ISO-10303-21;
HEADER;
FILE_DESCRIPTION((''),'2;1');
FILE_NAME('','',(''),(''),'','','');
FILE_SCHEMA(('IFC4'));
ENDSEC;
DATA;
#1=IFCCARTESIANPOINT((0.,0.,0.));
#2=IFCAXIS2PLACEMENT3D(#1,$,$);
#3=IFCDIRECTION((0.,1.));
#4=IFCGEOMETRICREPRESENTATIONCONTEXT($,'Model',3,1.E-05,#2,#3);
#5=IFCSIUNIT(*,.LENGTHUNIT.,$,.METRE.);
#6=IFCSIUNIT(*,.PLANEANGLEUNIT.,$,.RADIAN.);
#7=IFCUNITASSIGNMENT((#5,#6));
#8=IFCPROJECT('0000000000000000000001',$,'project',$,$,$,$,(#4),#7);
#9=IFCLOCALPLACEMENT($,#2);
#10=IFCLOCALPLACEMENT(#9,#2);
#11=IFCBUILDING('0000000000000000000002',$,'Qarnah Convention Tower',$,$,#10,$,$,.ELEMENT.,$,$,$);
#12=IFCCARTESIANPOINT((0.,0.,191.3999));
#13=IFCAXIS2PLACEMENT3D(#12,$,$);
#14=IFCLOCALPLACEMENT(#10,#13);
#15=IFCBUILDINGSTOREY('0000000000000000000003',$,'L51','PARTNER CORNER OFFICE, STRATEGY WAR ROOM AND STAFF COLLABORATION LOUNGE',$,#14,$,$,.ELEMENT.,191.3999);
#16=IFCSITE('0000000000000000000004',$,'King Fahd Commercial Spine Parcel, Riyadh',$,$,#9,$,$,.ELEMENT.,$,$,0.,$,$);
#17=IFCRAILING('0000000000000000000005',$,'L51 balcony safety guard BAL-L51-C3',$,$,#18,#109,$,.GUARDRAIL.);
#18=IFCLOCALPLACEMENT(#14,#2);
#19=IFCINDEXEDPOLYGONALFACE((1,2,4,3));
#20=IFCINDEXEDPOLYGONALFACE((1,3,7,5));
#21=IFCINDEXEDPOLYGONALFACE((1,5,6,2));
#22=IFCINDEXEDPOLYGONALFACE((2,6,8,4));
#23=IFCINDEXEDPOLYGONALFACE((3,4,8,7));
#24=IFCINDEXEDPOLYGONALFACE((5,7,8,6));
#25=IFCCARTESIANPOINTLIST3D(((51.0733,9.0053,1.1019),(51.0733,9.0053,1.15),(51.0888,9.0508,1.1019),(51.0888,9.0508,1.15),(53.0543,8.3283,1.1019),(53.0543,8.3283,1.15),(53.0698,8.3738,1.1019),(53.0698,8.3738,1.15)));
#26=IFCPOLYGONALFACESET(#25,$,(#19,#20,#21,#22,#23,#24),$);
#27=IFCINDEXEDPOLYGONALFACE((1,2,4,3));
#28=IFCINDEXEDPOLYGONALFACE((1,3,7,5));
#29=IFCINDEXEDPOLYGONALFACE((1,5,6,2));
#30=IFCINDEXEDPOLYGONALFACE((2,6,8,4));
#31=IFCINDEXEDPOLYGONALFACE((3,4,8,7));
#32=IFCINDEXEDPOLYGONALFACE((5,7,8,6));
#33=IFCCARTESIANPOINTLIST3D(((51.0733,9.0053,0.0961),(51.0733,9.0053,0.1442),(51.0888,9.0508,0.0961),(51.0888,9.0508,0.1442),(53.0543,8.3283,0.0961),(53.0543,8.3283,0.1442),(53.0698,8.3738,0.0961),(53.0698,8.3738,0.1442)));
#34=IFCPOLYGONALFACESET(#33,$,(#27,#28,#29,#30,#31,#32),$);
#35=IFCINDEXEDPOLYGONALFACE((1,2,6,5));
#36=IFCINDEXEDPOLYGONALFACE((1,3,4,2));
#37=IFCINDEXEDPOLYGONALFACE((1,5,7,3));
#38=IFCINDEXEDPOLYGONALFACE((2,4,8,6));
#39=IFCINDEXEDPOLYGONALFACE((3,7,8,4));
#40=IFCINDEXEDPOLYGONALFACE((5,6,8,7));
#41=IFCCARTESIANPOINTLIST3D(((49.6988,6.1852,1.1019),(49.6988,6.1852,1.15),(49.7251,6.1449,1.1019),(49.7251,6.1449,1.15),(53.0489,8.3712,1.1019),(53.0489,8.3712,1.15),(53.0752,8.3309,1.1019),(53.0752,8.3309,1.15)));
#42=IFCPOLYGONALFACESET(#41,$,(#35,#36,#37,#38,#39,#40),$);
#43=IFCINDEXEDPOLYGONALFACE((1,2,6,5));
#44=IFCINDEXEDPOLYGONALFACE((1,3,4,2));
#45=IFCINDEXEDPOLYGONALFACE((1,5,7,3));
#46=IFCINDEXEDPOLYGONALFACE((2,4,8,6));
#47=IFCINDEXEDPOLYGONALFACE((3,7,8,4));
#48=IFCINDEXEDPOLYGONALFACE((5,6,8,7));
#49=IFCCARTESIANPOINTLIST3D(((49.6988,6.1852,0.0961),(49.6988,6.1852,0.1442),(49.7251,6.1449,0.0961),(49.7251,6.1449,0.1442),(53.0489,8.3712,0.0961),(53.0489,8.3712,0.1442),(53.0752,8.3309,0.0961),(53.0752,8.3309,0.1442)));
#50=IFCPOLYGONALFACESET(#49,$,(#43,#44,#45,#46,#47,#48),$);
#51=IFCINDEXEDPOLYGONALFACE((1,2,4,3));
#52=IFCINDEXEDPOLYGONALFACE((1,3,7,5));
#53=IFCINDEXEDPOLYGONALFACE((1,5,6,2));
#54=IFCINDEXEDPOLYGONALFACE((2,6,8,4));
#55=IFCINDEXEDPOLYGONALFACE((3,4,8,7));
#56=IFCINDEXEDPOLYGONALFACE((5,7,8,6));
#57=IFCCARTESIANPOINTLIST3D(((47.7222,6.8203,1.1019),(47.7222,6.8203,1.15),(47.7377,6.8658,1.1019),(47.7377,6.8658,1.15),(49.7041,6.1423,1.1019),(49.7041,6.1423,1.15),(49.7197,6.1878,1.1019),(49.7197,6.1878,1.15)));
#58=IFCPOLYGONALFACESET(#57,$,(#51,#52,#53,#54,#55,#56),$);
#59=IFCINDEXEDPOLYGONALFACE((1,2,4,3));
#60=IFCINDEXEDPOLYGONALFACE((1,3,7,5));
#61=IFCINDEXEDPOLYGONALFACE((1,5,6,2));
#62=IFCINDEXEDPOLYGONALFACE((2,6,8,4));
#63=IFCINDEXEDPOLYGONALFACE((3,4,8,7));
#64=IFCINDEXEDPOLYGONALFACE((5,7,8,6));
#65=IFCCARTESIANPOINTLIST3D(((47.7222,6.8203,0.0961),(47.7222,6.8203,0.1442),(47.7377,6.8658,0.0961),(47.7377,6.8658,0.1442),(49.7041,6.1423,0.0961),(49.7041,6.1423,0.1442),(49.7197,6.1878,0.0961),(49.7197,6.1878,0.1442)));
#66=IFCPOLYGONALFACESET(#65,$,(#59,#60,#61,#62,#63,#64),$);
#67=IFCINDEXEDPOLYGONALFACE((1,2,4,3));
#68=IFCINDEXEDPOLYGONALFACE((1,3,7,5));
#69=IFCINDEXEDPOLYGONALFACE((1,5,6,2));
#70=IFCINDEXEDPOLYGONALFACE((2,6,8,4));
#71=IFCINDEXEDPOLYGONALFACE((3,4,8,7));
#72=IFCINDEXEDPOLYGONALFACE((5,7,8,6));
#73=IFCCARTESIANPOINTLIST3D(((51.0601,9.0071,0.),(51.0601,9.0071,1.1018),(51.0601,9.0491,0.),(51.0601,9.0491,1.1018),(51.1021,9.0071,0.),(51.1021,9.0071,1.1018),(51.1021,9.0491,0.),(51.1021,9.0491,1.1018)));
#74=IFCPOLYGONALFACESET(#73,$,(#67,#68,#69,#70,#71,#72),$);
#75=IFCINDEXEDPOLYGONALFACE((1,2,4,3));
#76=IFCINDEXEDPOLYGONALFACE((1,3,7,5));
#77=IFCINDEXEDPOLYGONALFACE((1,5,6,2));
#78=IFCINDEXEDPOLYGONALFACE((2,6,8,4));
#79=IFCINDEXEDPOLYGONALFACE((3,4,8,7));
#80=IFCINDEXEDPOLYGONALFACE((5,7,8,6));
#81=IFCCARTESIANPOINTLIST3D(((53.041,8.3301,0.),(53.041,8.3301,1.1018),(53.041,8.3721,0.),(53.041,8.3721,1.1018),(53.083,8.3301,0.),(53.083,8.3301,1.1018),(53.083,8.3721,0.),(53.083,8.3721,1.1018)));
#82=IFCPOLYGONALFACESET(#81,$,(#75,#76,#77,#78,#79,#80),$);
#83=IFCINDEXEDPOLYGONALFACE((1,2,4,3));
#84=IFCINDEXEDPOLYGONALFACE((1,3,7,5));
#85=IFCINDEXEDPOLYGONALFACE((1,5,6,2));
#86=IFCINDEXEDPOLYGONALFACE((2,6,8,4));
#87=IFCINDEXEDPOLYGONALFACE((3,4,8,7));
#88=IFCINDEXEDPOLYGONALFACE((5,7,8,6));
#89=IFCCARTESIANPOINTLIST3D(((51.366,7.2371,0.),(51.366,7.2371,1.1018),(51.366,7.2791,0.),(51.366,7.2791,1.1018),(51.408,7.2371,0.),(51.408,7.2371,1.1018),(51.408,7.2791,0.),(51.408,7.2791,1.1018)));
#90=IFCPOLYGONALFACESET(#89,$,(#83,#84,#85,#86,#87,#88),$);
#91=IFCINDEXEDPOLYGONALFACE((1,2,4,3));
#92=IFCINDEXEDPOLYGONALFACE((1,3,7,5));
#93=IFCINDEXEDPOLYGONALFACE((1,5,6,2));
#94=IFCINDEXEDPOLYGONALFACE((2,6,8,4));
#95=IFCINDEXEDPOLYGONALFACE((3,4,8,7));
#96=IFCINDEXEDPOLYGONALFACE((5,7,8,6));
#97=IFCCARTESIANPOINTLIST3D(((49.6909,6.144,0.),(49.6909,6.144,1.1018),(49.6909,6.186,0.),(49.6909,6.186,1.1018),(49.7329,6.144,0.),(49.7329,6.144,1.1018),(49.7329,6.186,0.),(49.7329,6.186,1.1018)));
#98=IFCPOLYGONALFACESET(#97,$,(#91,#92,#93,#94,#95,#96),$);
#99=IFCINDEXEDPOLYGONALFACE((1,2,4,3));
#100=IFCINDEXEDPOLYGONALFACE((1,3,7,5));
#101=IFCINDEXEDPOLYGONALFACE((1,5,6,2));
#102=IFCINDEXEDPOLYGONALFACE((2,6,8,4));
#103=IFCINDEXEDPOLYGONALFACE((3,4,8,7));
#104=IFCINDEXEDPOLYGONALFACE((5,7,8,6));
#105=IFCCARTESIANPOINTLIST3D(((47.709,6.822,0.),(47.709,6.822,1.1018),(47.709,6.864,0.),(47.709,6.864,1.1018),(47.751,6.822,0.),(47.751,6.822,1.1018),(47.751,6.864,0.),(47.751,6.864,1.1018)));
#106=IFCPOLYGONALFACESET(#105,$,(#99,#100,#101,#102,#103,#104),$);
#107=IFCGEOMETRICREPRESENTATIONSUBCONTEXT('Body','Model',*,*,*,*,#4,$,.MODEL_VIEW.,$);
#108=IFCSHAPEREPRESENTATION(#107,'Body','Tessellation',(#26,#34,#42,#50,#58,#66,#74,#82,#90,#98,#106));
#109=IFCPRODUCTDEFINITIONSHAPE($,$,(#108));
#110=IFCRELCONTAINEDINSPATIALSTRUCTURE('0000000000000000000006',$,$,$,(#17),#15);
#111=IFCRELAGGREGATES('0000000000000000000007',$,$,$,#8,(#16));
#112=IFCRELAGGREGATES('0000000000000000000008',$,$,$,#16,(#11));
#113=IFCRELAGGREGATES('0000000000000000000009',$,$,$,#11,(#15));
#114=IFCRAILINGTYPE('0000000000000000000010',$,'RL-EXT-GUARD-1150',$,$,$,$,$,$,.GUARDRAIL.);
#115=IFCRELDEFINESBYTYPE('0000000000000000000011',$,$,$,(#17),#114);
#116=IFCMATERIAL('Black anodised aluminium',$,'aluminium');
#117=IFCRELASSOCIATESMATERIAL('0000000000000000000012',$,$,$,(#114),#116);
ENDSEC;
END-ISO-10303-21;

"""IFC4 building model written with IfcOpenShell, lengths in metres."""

from ifc_helpers import new_model, si_unit, direction, frame, origin, origin_2d, place, context, subcontext, project, spatial, rectangle, extrude, material, type_object, element, save


model = new_model("IFC4")

# Units and contexts
model_context = context("Model", 3, precision=1e-05, world=origin(), true_north=direction((0.0, 1.0)))
body_context = subcontext(model_context, "Body", "Model", "MODEL_VIEW")
ifc_project = project(units=[si_unit("LENGTHUNIT", "METRE"), si_unit("PLANEANGLEUNIT", "RADIAN")], contexts=[model_context])

# Site, building, storey
site_placement = place(None, origin())
site = spatial("IfcSite", under=ifc_project, at=site_placement, Name="King Fahd Commercial Spine Parcel, Riyadh", CompositionType="ELEMENT", RefElevation=0.0)
building_placement = place(site_placement, origin())
building = spatial("IfcBuilding", under=site, at=building_placement, Name="Qarnah Convention Tower", CompositionType="ELEMENT")
storey_placement = place(building_placement, frame((0.0, 0.0, 191.3999)))
storey = spatial("IfcBuildingStorey", under=building, at=storey_placement, Name="L51", Description="PARTNER CORNER OFFICE, STRATEGY WAR ROOM AND STAFF COLLABORATION LOUNGE", CompositionType="ELEMENT", Elevation=191.3999)

# Shared definitions
ifc_material_1 = material(Name="Black anodised aluminium", Category="aluminium")

# Railing
railing_type = type_object("IfcRailingType", Name="RL-EXT-GUARD-1150", PredefinedType="GUARDRAIL", material=ifc_material_1)
railing_1_placement = place(storey_placement, frame((51.0811, 9.0281, 0.0)))
element("IfcRailing", 1, at=railing_1_placement, inside=storey, type_object=railing_type, Name="L51 balcony safety guard BAL-L51-C3", PredefinedType="GUARDRAIL", context=body_context, shape_type="SweptSolid", body=[
    extrude(rectangle(XDim=0.0481, YDim=0.0481, at=origin_2d()), frame((0.0, 0.0, 1.126), z_axis=(0.946265, -0.323391, 0.0), x_axis=(0.323391, 0.946265, 0.0)), (0.0, 0.0, 1.0), 2.0935),
    extrude(rectangle(XDim=0.0481, YDim=0.0481, at=origin_2d()), frame((0.0, 0.0, 0.1201), z_axis=(0.946265, -0.323391, 0.0), x_axis=(0.323391, 0.946265, 0.0)), (0.0, 0.0, 1.0), 2.0935),
    extrude(rectangle(XDim=0.0481, YDim=0.0481, at=origin_2d()), frame((1.981, -0.677, 1.126), z_axis=(-0.837475, -0.546476, 0.0), x_axis=(0.546476, -0.837475, 0.0)), (0.0, 0.0, 1.0), 4.0002),
    extrude(rectangle(XDim=0.0481, YDim=0.0481, at=origin_2d()), frame((1.981, -0.677, 0.1201), z_axis=(-0.837475, -0.546476, 0.0), x_axis=(0.546476, -0.837475, 0.0)), (0.0, 0.0, 1.0), 4.0002),
    extrude(rectangle(XDim=0.0481, YDim=0.0481, at=origin_2d()), frame((-1.3691, -2.863, 1.126), z_axis=(-0.946171, 0.323666, 0.0), x_axis=(-0.323666, -0.946171, 0.0)), (0.0, 0.0, 1.0), 2.0947),
    extrude(rectangle(XDim=0.0481, YDim=0.0481, at=origin_2d()), frame((-1.3691, -2.863, 0.1201), z_axis=(-0.946171, 0.323666, 0.0), x_axis=(-0.323666, -0.946171, 0.0)), (0.0, 0.0, 1.0), 2.0947),
    extrude(rectangle(XDim=0.042, YDim=0.042, at=origin_2d()), origin(), (0.0, 0.0, 1.0), 1.1018),
    extrude(rectangle(XDim=0.042, YDim=0.042, at=origin_2d()), frame((1.981, -0.677, 0.0)), (0.0, 0.0, 1.0), 1.1018),
    extrude(rectangle(XDim=0.042, YDim=0.042, at=origin_2d()), frame((0.3059, -1.77, 0.0)), (0.0, 0.0, 1.0), 1.1018),
    extrude(rectangle(XDim=0.042, YDim=0.042, at=origin_2d()), frame((-1.3691, -2.863, 0.0)), (0.0, 0.0, 1.0), 1.1018),
    extrude(rectangle(XDim=0.042, YDim=0.042, at=origin_2d()), frame((-3.3511, -2.1851, 0.0)), (0.0, 0.0, 1.0), 1.1018),
])

save(model, "model.ifc")
